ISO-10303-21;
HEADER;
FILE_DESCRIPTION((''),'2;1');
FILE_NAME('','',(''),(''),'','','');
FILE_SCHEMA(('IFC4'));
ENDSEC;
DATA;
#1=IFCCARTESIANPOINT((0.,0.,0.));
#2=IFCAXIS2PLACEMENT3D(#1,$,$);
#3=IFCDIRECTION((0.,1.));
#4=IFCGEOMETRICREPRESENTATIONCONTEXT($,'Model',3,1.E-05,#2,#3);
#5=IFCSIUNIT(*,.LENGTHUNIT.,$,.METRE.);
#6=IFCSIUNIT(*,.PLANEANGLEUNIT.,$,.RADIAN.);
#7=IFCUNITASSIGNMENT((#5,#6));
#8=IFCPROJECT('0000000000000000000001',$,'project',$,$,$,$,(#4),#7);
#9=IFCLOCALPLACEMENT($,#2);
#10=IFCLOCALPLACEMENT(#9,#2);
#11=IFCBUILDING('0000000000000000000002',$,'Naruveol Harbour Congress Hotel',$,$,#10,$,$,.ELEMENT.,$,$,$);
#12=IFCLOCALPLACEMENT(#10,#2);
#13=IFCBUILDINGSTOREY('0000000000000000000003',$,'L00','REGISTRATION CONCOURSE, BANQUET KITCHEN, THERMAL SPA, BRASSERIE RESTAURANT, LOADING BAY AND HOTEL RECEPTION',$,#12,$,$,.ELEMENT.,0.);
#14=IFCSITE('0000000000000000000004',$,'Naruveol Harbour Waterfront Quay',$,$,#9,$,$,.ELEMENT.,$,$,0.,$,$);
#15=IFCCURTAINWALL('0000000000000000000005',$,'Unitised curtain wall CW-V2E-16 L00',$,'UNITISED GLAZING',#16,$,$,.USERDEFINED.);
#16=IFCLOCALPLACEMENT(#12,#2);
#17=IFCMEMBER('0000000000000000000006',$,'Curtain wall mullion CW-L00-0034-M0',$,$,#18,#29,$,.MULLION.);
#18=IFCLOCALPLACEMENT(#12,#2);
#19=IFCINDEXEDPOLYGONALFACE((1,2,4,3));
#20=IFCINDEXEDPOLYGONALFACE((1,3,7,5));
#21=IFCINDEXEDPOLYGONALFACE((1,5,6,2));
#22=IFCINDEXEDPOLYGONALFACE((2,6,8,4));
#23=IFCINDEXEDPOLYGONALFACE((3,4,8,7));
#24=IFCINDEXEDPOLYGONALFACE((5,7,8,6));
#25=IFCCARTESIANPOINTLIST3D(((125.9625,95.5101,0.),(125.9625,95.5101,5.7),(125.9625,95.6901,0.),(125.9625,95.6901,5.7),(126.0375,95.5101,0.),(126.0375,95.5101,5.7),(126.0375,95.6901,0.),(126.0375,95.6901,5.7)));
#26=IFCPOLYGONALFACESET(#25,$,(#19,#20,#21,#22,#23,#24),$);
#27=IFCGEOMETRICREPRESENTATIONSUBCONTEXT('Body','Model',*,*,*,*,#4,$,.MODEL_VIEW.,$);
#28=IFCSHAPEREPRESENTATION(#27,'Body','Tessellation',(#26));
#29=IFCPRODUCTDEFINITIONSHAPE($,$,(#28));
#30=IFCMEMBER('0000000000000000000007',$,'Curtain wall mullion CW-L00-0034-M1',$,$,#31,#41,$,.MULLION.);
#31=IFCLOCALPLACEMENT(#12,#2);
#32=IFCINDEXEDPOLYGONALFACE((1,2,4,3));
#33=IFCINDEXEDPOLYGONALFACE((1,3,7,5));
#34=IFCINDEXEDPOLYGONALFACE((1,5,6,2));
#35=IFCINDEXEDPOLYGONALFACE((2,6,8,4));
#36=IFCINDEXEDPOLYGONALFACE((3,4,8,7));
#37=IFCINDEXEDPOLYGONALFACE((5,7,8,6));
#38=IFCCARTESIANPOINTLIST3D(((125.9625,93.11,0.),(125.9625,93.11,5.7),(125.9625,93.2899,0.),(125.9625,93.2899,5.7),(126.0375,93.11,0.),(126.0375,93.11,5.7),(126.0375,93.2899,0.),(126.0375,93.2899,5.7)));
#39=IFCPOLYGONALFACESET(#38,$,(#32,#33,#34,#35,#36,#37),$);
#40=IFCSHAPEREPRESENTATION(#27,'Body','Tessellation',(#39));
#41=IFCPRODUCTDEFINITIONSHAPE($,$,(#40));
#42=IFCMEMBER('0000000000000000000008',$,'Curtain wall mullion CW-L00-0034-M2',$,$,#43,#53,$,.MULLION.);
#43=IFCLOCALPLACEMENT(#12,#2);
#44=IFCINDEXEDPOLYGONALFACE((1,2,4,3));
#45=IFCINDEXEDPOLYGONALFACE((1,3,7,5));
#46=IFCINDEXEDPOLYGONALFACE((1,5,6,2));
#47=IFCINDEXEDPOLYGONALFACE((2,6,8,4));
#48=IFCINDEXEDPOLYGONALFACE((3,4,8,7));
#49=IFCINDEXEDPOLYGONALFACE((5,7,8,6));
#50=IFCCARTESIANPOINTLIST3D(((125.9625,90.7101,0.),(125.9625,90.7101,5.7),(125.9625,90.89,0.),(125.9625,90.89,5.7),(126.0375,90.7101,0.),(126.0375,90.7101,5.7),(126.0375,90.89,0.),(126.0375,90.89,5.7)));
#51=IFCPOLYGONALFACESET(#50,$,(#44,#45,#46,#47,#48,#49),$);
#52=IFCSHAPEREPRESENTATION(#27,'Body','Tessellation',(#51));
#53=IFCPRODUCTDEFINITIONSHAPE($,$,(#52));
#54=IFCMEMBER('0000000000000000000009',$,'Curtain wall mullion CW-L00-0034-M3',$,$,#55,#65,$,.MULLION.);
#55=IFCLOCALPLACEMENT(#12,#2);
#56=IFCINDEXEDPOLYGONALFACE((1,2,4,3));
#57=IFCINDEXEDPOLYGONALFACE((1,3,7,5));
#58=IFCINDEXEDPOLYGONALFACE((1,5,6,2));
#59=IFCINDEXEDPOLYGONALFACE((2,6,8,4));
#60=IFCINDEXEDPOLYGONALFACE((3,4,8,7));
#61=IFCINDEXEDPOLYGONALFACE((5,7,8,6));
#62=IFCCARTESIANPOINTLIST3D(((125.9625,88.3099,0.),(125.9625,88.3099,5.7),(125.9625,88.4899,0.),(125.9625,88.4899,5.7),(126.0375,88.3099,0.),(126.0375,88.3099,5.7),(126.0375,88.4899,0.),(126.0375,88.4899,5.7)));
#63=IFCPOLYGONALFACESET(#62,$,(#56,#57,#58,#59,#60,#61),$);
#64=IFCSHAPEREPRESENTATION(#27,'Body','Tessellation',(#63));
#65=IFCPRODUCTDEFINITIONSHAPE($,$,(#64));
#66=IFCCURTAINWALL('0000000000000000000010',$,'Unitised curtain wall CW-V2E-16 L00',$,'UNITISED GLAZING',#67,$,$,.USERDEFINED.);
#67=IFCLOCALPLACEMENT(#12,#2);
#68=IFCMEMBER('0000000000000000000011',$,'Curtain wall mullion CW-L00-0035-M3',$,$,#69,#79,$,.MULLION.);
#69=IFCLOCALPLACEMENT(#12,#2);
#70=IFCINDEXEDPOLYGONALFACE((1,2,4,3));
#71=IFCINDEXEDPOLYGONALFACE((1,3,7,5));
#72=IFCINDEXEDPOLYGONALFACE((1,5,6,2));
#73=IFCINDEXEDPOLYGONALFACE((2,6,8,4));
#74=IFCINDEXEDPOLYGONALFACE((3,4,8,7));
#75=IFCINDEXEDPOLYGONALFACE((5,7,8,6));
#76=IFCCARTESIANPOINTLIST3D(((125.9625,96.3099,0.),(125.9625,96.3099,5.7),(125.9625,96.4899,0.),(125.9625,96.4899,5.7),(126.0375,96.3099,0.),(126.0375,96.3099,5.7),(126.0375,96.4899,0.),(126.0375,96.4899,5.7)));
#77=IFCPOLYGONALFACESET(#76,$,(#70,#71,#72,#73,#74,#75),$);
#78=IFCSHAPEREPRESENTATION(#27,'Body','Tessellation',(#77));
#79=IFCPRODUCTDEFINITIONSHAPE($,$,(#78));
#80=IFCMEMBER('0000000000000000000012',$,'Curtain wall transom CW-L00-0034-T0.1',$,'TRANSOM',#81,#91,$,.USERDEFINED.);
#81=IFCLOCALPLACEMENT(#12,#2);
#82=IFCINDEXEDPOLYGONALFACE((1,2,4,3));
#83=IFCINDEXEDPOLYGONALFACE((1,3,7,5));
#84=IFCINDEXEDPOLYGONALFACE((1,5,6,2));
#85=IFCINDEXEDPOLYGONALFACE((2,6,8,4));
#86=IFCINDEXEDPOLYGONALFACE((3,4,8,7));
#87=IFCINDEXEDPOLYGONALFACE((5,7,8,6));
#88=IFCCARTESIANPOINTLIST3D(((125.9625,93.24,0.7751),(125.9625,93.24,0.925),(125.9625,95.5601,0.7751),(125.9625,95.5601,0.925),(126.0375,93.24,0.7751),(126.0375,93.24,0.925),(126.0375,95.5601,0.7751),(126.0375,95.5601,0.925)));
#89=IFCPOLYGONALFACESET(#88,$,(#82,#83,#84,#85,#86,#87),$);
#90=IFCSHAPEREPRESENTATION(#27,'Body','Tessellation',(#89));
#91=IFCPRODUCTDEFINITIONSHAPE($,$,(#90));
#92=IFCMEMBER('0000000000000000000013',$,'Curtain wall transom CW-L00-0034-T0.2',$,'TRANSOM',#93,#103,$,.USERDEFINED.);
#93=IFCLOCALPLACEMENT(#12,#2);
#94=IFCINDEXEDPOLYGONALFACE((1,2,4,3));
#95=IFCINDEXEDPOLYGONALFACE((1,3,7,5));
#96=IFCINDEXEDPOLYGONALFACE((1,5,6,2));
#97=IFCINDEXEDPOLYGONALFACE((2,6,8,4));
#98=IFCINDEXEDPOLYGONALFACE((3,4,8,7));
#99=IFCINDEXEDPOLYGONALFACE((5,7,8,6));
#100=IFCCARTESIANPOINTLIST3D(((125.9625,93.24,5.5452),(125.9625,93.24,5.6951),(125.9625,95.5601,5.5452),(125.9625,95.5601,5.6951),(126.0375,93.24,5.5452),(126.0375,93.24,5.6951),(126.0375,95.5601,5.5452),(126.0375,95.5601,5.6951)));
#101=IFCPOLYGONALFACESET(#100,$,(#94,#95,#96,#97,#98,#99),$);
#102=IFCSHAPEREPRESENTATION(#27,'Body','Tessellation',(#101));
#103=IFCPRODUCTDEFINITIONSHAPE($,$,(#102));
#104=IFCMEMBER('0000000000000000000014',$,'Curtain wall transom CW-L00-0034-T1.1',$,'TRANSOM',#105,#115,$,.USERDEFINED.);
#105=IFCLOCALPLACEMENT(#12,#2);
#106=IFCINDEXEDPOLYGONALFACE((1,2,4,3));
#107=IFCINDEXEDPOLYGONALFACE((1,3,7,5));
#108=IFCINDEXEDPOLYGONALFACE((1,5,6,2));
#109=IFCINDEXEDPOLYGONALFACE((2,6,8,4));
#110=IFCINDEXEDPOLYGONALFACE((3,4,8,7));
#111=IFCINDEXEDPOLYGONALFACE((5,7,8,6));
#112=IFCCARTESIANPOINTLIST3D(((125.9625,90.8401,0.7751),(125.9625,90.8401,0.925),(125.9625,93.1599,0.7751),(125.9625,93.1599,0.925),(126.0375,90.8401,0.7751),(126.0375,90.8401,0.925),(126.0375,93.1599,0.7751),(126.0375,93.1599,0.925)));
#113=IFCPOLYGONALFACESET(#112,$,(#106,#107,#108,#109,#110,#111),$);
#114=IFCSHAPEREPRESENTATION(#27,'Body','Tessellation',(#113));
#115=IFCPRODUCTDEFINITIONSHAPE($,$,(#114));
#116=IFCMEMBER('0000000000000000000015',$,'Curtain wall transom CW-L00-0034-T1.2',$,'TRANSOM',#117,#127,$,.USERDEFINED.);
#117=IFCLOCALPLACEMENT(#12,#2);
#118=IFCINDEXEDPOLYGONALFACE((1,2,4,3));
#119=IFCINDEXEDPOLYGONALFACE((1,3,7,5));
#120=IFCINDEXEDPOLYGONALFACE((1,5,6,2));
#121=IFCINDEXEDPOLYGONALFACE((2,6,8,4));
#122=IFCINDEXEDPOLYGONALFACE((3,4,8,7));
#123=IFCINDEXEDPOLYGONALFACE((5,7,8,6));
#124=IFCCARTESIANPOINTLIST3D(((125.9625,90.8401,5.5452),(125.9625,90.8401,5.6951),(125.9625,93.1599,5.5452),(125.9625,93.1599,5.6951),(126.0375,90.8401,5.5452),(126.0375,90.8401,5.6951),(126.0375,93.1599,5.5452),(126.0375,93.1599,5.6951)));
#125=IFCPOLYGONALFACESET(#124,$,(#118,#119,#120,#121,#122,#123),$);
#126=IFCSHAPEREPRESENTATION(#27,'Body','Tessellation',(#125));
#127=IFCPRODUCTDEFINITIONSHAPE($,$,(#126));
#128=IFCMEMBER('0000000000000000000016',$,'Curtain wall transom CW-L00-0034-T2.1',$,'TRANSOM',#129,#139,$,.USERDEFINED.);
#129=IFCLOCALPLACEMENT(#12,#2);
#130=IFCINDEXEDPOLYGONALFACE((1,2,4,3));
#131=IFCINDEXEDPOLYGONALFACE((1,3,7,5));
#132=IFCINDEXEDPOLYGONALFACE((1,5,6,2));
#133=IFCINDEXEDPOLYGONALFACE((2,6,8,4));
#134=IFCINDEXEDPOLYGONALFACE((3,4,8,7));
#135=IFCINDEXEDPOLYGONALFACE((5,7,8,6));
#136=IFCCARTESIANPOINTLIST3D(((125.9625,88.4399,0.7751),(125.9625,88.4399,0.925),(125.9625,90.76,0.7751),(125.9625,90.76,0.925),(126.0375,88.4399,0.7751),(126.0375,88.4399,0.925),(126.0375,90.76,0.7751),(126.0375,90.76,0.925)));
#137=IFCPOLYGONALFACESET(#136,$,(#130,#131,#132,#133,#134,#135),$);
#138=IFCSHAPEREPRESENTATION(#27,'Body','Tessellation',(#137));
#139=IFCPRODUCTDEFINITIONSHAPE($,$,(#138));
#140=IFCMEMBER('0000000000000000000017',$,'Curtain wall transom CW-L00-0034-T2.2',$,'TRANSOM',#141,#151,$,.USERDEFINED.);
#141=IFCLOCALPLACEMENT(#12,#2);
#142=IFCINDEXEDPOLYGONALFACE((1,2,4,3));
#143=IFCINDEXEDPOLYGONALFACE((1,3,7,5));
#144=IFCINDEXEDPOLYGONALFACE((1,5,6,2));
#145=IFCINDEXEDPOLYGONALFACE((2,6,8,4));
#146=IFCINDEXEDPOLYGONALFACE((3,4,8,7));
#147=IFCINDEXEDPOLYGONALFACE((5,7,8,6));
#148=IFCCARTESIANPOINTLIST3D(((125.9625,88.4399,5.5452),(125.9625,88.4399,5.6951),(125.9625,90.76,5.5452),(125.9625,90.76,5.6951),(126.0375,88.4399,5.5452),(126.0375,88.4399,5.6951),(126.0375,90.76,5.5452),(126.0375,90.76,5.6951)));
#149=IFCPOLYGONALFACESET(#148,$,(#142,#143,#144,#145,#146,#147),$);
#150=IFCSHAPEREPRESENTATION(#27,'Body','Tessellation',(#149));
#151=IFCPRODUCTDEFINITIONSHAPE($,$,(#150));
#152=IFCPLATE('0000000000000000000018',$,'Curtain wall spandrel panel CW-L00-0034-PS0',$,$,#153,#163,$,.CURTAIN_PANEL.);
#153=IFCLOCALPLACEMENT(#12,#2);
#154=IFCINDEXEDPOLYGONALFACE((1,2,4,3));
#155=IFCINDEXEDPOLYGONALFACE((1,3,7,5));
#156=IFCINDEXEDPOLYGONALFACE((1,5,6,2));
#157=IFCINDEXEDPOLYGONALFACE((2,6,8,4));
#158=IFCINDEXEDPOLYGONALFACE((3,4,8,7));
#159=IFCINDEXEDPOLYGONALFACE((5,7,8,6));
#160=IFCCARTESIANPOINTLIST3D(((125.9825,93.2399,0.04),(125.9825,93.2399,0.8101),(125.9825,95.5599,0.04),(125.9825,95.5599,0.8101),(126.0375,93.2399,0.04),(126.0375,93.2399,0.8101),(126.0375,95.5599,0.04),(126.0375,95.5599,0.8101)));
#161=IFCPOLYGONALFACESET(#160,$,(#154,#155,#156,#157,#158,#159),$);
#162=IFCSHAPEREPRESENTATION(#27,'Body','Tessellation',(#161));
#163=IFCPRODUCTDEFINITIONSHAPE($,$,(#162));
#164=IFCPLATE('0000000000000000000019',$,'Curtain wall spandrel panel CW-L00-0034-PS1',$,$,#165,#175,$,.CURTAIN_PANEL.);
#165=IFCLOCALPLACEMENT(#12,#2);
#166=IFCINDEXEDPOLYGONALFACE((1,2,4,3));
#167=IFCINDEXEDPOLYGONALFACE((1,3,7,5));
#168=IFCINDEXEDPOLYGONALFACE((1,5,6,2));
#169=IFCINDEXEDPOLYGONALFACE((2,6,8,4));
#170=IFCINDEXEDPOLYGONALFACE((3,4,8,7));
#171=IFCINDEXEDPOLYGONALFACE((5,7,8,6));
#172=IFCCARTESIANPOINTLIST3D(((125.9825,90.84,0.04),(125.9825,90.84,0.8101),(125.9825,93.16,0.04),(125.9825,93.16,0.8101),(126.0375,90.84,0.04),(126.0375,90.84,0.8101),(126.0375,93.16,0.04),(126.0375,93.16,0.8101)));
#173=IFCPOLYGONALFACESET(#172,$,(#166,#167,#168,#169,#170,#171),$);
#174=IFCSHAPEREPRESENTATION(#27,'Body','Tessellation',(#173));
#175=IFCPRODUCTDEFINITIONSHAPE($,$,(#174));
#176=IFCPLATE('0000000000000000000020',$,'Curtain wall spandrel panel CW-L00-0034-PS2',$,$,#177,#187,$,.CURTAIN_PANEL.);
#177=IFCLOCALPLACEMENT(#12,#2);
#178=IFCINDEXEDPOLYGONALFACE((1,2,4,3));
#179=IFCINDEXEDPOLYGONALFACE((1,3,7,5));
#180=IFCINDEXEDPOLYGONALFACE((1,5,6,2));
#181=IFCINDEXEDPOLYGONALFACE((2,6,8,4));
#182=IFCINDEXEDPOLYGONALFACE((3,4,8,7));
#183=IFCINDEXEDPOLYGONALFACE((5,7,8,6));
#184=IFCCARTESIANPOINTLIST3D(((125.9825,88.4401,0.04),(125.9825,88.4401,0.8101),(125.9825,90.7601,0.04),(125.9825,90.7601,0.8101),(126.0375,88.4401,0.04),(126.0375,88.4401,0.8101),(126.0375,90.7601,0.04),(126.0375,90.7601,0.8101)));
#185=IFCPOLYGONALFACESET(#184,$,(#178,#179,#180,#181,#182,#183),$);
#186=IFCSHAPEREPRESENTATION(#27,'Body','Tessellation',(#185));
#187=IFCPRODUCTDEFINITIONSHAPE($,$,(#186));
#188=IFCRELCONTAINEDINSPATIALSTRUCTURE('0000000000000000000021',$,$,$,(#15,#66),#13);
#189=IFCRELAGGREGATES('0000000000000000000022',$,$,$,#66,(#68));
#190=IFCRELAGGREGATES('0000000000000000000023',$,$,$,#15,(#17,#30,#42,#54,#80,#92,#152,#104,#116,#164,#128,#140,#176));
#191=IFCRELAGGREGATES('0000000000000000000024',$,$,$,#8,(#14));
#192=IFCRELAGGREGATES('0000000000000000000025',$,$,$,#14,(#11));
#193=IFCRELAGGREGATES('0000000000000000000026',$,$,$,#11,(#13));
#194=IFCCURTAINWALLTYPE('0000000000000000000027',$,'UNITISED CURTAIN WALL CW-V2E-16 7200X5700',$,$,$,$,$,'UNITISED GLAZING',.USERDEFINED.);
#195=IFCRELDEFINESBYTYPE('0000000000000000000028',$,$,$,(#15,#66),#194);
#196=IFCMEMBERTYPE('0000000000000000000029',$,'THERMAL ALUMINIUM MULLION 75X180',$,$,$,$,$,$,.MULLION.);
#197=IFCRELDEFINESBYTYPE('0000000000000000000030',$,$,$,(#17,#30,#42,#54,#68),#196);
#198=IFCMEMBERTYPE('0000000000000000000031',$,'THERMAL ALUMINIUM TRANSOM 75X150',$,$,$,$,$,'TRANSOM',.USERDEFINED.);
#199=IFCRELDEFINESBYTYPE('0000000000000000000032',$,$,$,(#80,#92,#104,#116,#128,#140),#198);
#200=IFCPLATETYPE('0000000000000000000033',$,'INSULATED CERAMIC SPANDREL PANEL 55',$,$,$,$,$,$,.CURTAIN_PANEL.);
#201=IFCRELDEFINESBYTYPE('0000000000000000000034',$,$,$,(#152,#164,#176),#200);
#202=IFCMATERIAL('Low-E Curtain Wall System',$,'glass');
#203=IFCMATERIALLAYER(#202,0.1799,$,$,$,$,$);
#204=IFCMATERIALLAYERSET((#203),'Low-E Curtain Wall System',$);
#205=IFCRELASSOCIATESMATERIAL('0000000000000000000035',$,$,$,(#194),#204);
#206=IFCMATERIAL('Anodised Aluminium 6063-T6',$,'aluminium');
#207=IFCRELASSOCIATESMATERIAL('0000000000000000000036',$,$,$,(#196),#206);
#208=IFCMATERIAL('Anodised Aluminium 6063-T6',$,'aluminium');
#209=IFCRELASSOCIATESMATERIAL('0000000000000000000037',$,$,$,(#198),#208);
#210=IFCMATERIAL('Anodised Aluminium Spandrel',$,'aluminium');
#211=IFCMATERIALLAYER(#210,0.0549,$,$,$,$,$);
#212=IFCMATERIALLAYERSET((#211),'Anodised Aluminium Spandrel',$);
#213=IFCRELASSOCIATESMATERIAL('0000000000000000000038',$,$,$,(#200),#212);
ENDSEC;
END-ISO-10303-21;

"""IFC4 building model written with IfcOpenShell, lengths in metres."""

from ifc_helpers import new_model, si_unit, direction, frame, origin, origin_2d, place, context, subcontext, project, spatial, rectangle, extrude, material, layer, layer_set, material_profile, profile_set, type_object, element, aggregate, save


model = new_model("IFC4")

# Units and contexts
model_context = context("Model", 3, precision=1e-05, world=origin(), true_north=direction((0.0, 1.0)))
body_context = subcontext(model_context, "Body", "Model", "MODEL_VIEW")
ifc_project = project(units=[si_unit("LENGTHUNIT", "METRE"), si_unit("PLANEANGLEUNIT", "RADIAN")], contexts=[model_context])

# Site, building, storey
site_placement = place(None, origin())
site = spatial("IfcSite", under=ifc_project, at=site_placement, Name="Naruveol Harbour Waterfront Quay", CompositionType="ELEMENT", RefElevation=0.0)
building_placement = place(site_placement, origin())
building = spatial("IfcBuilding", under=site, at=building_placement, Name="Naruveol Harbour Congress Hotel", CompositionType="ELEMENT")
storey_placement = place(building_placement, origin())
storey = spatial("IfcBuildingStorey", under=building, at=storey_placement, Name="L00", Description="REGISTRATION CONCOURSE, BANQUET KITCHEN, THERMAL SPA, BRASSERIE RESTAURANT, LOADING BAY AND HOTEL RECEPTION", CompositionType="ELEMENT", Elevation=0.0)

# Curtain wall, members
ifc_material_1 = material(Name="Low-E Curtain Wall System", Category="glass")
ifc_layer_1 = layer(ifc_material_1, 0.1799)
ifc_layer_set_1 = layer_set([ifc_layer_1], Name="Low-E Curtain Wall System")
curtain_wall_type = type_object("IfcCurtainWallType", Name="UNITISED CURTAIN WALL CW-V2E-16 7200X5700", ElementType="UNITISED GLAZING", PredefinedType="USERDEFINED", material=ifc_layer_set_1)
curtain_wall_1_placement = place(storey_placement, origin())
curtain_wall_1 = element("IfcCurtainWall", 1, at=curtain_wall_1_placement, inside=storey, type_object=curtain_wall_type, Name="Unitised curtain wall CW-V2E-16 L00", ObjectType="UNITISED GLAZING", PredefinedType="USERDEFINED")
ifc_material_2 = material(Name="Anodised Aluminium 6063-T6", Category="aluminium")
ifc_material_profile_1 = material_profile(ifc_material_2, rectangle(XDim=0.075, YDim=0.1799, at=origin_2d()), Name="ALU-75x180")
ifc_profile_set_1 = profile_set([ifc_material_profile_1], Name="Anodised Aluminium 6063-T6")
member_type_1 = type_object("IfcMemberType", Name="THERMAL ALUMINIUM MULLION 75X180", PredefinedType="MULLION", material=ifc_profile_set_1)
member_1_placement = place(storey_placement, frame((126.0, 95.6001, 0.0), z_axis=(0.0, 0.0, 1.0), x_axis=(1.0, 0.0, 0.0)))
member_1 = element("IfcMember", 2, at=member_1_placement, type_object=member_type_1, Name="Curtain wall mullion CW-L00-0034-M0", PredefinedType="MULLION", context=body_context, shape_type="SweptSolid", body=[
    extrude(rectangle(XDim=0.075, YDim=0.1799, at=origin_2d()), origin(), (0.0, 0.0, 1.0), 5.7),
])
member_2_placement = place(storey_placement, frame((126.0, 93.2, 0.0), z_axis=(0.0, 0.0, 1.0), x_axis=(1.0, 0.0, 0.0)))
member_2 = element("IfcMember", 3, at=member_2_placement, type_object=member_type_1, Name="Curtain wall mullion CW-L00-0034-M1", PredefinedType="MULLION", context=body_context, shape_type="SweptSolid", body=[
    extrude(rectangle(XDim=0.075, YDim=0.1799, at=origin_2d()), origin(), (0.0, 0.0, 1.0), 5.7),
])
member_3_placement = place(storey_placement, frame((126.0, 90.8, 0.0), z_axis=(0.0, 0.0, 1.0), x_axis=(1.0, 0.0, 0.0)))
member_3 = element("IfcMember", 4, at=member_3_placement, type_object=member_type_1, Name="Curtain wall mullion CW-L00-0034-M2", PredefinedType="MULLION", context=body_context, shape_type="SweptSolid", body=[
    extrude(rectangle(XDim=0.075, YDim=0.1799, at=origin_2d()), origin(), (0.0, 0.0, 1.0), 5.7),
])
member_4_placement = place(storey_placement, frame((126.0, 88.3999, 0.0), z_axis=(0.0, 0.0, 1.0), x_axis=(1.0, 0.0, 0.0)))
member_4 = element("IfcMember", 5, at=member_4_placement, type_object=member_type_1, Name="Curtain wall mullion CW-L00-0034-M3", PredefinedType="MULLION", context=body_context, shape_type="SweptSolid", body=[
    extrude(rectangle(XDim=0.075, YDim=0.1799, at=origin_2d()), origin(), (0.0, 0.0, 1.0), 5.7),
])

# Curtain wall, member
curtain_wall_2_placement = place(storey_placement, origin())
curtain_wall_2 = element("IfcCurtainWall", 6, at=curtain_wall_2_placement, inside=storey, type_object=curtain_wall_type, Name="Unitised curtain wall CW-V2E-16 L00", ObjectType="UNITISED GLAZING", PredefinedType="USERDEFINED")
member_5_placement = place(storey_placement, frame((126.0, 96.3999, 0.0), z_axis=(0.0, 0.0, 1.0), x_axis=(1.0, 0.0, 0.0)))
member_5 = element("IfcMember", 7, at=member_5_placement, type_object=member_type_1, Name="Curtain wall mullion CW-L00-0035-M3", PredefinedType="MULLION", context=body_context, shape_type="SweptSolid", body=[
    extrude(rectangle(XDim=0.075, YDim=0.1799, at=origin_2d()), origin(), (0.0, 0.0, 1.0), 5.7),
])

# Members
ifc_material_3 = material(Name="Anodised Aluminium 6063-T6", Category="aluminium")
ifc_material_profile_2 = material_profile(ifc_material_3, rectangle(XDim=0.075, YDim=0.1499, at=origin_2d()), Name="ALU-75x150")
ifc_profile_set_2 = profile_set([ifc_material_profile_2], Name="Anodised Aluminium 6063-T6")
member_type_2 = type_object("IfcMemberType", Name="THERMAL ALUMINIUM TRANSOM 75X150", ElementType="TRANSOM", PredefinedType="USERDEFINED", material=ifc_profile_set_2)
member_6_placement = place(storey_placement, frame((126.0, 95.5601, 0.8501), z_axis=(0.0, -1.0, 0.0), x_axis=(1.0, 0.0, 0.0)))
member_6 = element("IfcMember", 8, at=member_6_placement, type_object=member_type_2, Name="Curtain wall transom CW-L00-0034-T0.1", ObjectType="TRANSOM", PredefinedType="USERDEFINED", context=body_context, shape_type="SweptSolid", body=[
    extrude(rectangle(XDim=0.075, YDim=0.1499, at=origin_2d()), origin(), (0.0, 0.0, 1.0), 2.3201),
])
member_7_placement = place(storey_placement, frame((126.0, 95.5601, 5.6201), z_axis=(0.0, -1.0, 0.0), x_axis=(1.0, 0.0, 0.0)))
member_7 = element("IfcMember", 9, at=member_7_placement, type_object=member_type_2, Name="Curtain wall transom CW-L00-0034-T0.2", ObjectType="TRANSOM", PredefinedType="USERDEFINED", context=body_context, shape_type="SweptSolid", body=[
    extrude(rectangle(XDim=0.075, YDim=0.1499, at=origin_2d()), origin(), (0.0, 0.0, 1.0), 2.3201),
])
member_8_placement = place(storey_placement, frame((126.0, 93.1599, 0.8501), z_axis=(0.0, -1.0, 0.0), x_axis=(1.0, 0.0, 0.0)))
member_8 = element("IfcMember", 10, at=member_8_placement, type_object=member_type_2, Name="Curtain wall transom CW-L00-0034-T1.1", ObjectType="TRANSOM", PredefinedType="USERDEFINED", context=body_context, shape_type="SweptSolid", body=[
    extrude(rectangle(XDim=0.075, YDim=0.1499, at=origin_2d()), origin(), (0.0, 0.0, 1.0), 2.3198),
])
member_9_placement = place(storey_placement, frame((126.0, 93.1599, 5.6201), z_axis=(0.0, -1.0, 0.0), x_axis=(1.0, 0.0, 0.0)))
member_9 = element("IfcMember", 11, at=member_9_placement, type_object=member_type_2, Name="Curtain wall transom CW-L00-0034-T1.2", ObjectType="TRANSOM", PredefinedType="USERDEFINED", context=body_context, shape_type="SweptSolid", body=[
    extrude(rectangle(XDim=0.075, YDim=0.1499, at=origin_2d()), origin(), (0.0, 0.0, 1.0), 2.3198),
])
member_10_placement = place(storey_placement, frame((126.0, 90.76, 0.8501), z_axis=(0.0, -1.0, 0.0), x_axis=(1.0, 0.0, 0.0)))
member_10 = element("IfcMember", 12, at=member_10_placement, type_object=member_type_2, Name="Curtain wall transom CW-L00-0034-T2.1", ObjectType="TRANSOM", PredefinedType="USERDEFINED", context=body_context, shape_type="SweptSolid", body=[
    extrude(rectangle(XDim=0.075, YDim=0.1499, at=origin_2d()), origin(), (0.0, 0.0, 1.0), 2.3201),
])
member_11_placement = place(storey_placement, frame((126.0, 90.76, 5.6201), z_axis=(0.0, -1.0, 0.0), x_axis=(1.0, 0.0, 0.0)))
member_11 = element("IfcMember", 13, at=member_11_placement, type_object=member_type_2, Name="Curtain wall transom CW-L00-0034-T2.2", ObjectType="TRANSOM", PredefinedType="USERDEFINED", context=body_context, shape_type="SweptSolid", body=[
    extrude(rectangle(XDim=0.075, YDim=0.1499, at=origin_2d()), origin(), (0.0, 0.0, 1.0), 2.3201),
])

# Plates
ifc_material_4 = material(Name="Anodised Aluminium Spandrel", Category="aluminium")
ifc_layer_2 = layer(ifc_material_4, 0.0549)
ifc_layer_set_2 = layer_set([ifc_layer_2], Name="Anodised Aluminium Spandrel")
plate_type_1 = type_object("IfcPlateType", Name="INSULATED CERAMIC SPANDREL PANEL 55", PredefinedType="CURTAIN_PANEL", material=ifc_layer_set_2)
plate_1_placement = place(storey_placement, frame((126.01, 94.3999, 0.04), z_axis=(0.0, 0.0, 1.0), x_axis=(0.0, -1.0, 0.0)))
plate_1 = element("IfcPlate", 14, at=plate_1_placement, type_object=plate_type_1, Name="Curtain wall spandrel panel CW-L00-0034-PS0", PredefinedType="CURTAIN_PANEL", context=body_context, shape_type="SweptSolid", body=[
    extrude(rectangle(XDim=2.3201, YDim=0.0549, at=origin_2d()), origin(), (0.0, 0.0, 1.0), 0.77),
])
plate_2_placement = place(storey_placement, frame((126.01, 92.0, 0.04), z_axis=(0.0, 0.0, 1.0), x_axis=(0.0, -1.0, 0.0)))
plate_2 = element("IfcPlate", 15, at=plate_2_placement, type_object=plate_type_1, Name="Curtain wall spandrel panel CW-L00-0034-PS1", PredefinedType="CURTAIN_PANEL", context=body_context, shape_type="SweptSolid", body=[
    extrude(rectangle(XDim=2.3201, YDim=0.0549, at=origin_2d()), origin(), (0.0, 0.0, 1.0), 0.77),
])
plate_3_placement = place(storey_placement, frame((126.01, 89.6001, 0.04), z_axis=(0.0, 0.0, 1.0), x_axis=(0.0, -1.0, 0.0)))
plate_3 = element("IfcPlate", 16, at=plate_3_placement, type_object=plate_type_1, Name="Curtain wall spandrel panel CW-L00-0034-PS2", PredefinedType="CURTAIN_PANEL", context=body_context, shape_type="SweptSolid", body=[
    extrude(rectangle(XDim=2.3201, YDim=0.0549, at=origin_2d()), origin(), (0.0, 0.0, 1.0), 0.77),
])
aggregate(curtain_wall_2, [member_5])
aggregate(curtain_wall_1, [member_1, member_2, member_3, member_4, member_6, member_7, plate_1, member_8, member_9, plate_2, member_10, member_11, plate_3])

save(model, "model.ifc")
